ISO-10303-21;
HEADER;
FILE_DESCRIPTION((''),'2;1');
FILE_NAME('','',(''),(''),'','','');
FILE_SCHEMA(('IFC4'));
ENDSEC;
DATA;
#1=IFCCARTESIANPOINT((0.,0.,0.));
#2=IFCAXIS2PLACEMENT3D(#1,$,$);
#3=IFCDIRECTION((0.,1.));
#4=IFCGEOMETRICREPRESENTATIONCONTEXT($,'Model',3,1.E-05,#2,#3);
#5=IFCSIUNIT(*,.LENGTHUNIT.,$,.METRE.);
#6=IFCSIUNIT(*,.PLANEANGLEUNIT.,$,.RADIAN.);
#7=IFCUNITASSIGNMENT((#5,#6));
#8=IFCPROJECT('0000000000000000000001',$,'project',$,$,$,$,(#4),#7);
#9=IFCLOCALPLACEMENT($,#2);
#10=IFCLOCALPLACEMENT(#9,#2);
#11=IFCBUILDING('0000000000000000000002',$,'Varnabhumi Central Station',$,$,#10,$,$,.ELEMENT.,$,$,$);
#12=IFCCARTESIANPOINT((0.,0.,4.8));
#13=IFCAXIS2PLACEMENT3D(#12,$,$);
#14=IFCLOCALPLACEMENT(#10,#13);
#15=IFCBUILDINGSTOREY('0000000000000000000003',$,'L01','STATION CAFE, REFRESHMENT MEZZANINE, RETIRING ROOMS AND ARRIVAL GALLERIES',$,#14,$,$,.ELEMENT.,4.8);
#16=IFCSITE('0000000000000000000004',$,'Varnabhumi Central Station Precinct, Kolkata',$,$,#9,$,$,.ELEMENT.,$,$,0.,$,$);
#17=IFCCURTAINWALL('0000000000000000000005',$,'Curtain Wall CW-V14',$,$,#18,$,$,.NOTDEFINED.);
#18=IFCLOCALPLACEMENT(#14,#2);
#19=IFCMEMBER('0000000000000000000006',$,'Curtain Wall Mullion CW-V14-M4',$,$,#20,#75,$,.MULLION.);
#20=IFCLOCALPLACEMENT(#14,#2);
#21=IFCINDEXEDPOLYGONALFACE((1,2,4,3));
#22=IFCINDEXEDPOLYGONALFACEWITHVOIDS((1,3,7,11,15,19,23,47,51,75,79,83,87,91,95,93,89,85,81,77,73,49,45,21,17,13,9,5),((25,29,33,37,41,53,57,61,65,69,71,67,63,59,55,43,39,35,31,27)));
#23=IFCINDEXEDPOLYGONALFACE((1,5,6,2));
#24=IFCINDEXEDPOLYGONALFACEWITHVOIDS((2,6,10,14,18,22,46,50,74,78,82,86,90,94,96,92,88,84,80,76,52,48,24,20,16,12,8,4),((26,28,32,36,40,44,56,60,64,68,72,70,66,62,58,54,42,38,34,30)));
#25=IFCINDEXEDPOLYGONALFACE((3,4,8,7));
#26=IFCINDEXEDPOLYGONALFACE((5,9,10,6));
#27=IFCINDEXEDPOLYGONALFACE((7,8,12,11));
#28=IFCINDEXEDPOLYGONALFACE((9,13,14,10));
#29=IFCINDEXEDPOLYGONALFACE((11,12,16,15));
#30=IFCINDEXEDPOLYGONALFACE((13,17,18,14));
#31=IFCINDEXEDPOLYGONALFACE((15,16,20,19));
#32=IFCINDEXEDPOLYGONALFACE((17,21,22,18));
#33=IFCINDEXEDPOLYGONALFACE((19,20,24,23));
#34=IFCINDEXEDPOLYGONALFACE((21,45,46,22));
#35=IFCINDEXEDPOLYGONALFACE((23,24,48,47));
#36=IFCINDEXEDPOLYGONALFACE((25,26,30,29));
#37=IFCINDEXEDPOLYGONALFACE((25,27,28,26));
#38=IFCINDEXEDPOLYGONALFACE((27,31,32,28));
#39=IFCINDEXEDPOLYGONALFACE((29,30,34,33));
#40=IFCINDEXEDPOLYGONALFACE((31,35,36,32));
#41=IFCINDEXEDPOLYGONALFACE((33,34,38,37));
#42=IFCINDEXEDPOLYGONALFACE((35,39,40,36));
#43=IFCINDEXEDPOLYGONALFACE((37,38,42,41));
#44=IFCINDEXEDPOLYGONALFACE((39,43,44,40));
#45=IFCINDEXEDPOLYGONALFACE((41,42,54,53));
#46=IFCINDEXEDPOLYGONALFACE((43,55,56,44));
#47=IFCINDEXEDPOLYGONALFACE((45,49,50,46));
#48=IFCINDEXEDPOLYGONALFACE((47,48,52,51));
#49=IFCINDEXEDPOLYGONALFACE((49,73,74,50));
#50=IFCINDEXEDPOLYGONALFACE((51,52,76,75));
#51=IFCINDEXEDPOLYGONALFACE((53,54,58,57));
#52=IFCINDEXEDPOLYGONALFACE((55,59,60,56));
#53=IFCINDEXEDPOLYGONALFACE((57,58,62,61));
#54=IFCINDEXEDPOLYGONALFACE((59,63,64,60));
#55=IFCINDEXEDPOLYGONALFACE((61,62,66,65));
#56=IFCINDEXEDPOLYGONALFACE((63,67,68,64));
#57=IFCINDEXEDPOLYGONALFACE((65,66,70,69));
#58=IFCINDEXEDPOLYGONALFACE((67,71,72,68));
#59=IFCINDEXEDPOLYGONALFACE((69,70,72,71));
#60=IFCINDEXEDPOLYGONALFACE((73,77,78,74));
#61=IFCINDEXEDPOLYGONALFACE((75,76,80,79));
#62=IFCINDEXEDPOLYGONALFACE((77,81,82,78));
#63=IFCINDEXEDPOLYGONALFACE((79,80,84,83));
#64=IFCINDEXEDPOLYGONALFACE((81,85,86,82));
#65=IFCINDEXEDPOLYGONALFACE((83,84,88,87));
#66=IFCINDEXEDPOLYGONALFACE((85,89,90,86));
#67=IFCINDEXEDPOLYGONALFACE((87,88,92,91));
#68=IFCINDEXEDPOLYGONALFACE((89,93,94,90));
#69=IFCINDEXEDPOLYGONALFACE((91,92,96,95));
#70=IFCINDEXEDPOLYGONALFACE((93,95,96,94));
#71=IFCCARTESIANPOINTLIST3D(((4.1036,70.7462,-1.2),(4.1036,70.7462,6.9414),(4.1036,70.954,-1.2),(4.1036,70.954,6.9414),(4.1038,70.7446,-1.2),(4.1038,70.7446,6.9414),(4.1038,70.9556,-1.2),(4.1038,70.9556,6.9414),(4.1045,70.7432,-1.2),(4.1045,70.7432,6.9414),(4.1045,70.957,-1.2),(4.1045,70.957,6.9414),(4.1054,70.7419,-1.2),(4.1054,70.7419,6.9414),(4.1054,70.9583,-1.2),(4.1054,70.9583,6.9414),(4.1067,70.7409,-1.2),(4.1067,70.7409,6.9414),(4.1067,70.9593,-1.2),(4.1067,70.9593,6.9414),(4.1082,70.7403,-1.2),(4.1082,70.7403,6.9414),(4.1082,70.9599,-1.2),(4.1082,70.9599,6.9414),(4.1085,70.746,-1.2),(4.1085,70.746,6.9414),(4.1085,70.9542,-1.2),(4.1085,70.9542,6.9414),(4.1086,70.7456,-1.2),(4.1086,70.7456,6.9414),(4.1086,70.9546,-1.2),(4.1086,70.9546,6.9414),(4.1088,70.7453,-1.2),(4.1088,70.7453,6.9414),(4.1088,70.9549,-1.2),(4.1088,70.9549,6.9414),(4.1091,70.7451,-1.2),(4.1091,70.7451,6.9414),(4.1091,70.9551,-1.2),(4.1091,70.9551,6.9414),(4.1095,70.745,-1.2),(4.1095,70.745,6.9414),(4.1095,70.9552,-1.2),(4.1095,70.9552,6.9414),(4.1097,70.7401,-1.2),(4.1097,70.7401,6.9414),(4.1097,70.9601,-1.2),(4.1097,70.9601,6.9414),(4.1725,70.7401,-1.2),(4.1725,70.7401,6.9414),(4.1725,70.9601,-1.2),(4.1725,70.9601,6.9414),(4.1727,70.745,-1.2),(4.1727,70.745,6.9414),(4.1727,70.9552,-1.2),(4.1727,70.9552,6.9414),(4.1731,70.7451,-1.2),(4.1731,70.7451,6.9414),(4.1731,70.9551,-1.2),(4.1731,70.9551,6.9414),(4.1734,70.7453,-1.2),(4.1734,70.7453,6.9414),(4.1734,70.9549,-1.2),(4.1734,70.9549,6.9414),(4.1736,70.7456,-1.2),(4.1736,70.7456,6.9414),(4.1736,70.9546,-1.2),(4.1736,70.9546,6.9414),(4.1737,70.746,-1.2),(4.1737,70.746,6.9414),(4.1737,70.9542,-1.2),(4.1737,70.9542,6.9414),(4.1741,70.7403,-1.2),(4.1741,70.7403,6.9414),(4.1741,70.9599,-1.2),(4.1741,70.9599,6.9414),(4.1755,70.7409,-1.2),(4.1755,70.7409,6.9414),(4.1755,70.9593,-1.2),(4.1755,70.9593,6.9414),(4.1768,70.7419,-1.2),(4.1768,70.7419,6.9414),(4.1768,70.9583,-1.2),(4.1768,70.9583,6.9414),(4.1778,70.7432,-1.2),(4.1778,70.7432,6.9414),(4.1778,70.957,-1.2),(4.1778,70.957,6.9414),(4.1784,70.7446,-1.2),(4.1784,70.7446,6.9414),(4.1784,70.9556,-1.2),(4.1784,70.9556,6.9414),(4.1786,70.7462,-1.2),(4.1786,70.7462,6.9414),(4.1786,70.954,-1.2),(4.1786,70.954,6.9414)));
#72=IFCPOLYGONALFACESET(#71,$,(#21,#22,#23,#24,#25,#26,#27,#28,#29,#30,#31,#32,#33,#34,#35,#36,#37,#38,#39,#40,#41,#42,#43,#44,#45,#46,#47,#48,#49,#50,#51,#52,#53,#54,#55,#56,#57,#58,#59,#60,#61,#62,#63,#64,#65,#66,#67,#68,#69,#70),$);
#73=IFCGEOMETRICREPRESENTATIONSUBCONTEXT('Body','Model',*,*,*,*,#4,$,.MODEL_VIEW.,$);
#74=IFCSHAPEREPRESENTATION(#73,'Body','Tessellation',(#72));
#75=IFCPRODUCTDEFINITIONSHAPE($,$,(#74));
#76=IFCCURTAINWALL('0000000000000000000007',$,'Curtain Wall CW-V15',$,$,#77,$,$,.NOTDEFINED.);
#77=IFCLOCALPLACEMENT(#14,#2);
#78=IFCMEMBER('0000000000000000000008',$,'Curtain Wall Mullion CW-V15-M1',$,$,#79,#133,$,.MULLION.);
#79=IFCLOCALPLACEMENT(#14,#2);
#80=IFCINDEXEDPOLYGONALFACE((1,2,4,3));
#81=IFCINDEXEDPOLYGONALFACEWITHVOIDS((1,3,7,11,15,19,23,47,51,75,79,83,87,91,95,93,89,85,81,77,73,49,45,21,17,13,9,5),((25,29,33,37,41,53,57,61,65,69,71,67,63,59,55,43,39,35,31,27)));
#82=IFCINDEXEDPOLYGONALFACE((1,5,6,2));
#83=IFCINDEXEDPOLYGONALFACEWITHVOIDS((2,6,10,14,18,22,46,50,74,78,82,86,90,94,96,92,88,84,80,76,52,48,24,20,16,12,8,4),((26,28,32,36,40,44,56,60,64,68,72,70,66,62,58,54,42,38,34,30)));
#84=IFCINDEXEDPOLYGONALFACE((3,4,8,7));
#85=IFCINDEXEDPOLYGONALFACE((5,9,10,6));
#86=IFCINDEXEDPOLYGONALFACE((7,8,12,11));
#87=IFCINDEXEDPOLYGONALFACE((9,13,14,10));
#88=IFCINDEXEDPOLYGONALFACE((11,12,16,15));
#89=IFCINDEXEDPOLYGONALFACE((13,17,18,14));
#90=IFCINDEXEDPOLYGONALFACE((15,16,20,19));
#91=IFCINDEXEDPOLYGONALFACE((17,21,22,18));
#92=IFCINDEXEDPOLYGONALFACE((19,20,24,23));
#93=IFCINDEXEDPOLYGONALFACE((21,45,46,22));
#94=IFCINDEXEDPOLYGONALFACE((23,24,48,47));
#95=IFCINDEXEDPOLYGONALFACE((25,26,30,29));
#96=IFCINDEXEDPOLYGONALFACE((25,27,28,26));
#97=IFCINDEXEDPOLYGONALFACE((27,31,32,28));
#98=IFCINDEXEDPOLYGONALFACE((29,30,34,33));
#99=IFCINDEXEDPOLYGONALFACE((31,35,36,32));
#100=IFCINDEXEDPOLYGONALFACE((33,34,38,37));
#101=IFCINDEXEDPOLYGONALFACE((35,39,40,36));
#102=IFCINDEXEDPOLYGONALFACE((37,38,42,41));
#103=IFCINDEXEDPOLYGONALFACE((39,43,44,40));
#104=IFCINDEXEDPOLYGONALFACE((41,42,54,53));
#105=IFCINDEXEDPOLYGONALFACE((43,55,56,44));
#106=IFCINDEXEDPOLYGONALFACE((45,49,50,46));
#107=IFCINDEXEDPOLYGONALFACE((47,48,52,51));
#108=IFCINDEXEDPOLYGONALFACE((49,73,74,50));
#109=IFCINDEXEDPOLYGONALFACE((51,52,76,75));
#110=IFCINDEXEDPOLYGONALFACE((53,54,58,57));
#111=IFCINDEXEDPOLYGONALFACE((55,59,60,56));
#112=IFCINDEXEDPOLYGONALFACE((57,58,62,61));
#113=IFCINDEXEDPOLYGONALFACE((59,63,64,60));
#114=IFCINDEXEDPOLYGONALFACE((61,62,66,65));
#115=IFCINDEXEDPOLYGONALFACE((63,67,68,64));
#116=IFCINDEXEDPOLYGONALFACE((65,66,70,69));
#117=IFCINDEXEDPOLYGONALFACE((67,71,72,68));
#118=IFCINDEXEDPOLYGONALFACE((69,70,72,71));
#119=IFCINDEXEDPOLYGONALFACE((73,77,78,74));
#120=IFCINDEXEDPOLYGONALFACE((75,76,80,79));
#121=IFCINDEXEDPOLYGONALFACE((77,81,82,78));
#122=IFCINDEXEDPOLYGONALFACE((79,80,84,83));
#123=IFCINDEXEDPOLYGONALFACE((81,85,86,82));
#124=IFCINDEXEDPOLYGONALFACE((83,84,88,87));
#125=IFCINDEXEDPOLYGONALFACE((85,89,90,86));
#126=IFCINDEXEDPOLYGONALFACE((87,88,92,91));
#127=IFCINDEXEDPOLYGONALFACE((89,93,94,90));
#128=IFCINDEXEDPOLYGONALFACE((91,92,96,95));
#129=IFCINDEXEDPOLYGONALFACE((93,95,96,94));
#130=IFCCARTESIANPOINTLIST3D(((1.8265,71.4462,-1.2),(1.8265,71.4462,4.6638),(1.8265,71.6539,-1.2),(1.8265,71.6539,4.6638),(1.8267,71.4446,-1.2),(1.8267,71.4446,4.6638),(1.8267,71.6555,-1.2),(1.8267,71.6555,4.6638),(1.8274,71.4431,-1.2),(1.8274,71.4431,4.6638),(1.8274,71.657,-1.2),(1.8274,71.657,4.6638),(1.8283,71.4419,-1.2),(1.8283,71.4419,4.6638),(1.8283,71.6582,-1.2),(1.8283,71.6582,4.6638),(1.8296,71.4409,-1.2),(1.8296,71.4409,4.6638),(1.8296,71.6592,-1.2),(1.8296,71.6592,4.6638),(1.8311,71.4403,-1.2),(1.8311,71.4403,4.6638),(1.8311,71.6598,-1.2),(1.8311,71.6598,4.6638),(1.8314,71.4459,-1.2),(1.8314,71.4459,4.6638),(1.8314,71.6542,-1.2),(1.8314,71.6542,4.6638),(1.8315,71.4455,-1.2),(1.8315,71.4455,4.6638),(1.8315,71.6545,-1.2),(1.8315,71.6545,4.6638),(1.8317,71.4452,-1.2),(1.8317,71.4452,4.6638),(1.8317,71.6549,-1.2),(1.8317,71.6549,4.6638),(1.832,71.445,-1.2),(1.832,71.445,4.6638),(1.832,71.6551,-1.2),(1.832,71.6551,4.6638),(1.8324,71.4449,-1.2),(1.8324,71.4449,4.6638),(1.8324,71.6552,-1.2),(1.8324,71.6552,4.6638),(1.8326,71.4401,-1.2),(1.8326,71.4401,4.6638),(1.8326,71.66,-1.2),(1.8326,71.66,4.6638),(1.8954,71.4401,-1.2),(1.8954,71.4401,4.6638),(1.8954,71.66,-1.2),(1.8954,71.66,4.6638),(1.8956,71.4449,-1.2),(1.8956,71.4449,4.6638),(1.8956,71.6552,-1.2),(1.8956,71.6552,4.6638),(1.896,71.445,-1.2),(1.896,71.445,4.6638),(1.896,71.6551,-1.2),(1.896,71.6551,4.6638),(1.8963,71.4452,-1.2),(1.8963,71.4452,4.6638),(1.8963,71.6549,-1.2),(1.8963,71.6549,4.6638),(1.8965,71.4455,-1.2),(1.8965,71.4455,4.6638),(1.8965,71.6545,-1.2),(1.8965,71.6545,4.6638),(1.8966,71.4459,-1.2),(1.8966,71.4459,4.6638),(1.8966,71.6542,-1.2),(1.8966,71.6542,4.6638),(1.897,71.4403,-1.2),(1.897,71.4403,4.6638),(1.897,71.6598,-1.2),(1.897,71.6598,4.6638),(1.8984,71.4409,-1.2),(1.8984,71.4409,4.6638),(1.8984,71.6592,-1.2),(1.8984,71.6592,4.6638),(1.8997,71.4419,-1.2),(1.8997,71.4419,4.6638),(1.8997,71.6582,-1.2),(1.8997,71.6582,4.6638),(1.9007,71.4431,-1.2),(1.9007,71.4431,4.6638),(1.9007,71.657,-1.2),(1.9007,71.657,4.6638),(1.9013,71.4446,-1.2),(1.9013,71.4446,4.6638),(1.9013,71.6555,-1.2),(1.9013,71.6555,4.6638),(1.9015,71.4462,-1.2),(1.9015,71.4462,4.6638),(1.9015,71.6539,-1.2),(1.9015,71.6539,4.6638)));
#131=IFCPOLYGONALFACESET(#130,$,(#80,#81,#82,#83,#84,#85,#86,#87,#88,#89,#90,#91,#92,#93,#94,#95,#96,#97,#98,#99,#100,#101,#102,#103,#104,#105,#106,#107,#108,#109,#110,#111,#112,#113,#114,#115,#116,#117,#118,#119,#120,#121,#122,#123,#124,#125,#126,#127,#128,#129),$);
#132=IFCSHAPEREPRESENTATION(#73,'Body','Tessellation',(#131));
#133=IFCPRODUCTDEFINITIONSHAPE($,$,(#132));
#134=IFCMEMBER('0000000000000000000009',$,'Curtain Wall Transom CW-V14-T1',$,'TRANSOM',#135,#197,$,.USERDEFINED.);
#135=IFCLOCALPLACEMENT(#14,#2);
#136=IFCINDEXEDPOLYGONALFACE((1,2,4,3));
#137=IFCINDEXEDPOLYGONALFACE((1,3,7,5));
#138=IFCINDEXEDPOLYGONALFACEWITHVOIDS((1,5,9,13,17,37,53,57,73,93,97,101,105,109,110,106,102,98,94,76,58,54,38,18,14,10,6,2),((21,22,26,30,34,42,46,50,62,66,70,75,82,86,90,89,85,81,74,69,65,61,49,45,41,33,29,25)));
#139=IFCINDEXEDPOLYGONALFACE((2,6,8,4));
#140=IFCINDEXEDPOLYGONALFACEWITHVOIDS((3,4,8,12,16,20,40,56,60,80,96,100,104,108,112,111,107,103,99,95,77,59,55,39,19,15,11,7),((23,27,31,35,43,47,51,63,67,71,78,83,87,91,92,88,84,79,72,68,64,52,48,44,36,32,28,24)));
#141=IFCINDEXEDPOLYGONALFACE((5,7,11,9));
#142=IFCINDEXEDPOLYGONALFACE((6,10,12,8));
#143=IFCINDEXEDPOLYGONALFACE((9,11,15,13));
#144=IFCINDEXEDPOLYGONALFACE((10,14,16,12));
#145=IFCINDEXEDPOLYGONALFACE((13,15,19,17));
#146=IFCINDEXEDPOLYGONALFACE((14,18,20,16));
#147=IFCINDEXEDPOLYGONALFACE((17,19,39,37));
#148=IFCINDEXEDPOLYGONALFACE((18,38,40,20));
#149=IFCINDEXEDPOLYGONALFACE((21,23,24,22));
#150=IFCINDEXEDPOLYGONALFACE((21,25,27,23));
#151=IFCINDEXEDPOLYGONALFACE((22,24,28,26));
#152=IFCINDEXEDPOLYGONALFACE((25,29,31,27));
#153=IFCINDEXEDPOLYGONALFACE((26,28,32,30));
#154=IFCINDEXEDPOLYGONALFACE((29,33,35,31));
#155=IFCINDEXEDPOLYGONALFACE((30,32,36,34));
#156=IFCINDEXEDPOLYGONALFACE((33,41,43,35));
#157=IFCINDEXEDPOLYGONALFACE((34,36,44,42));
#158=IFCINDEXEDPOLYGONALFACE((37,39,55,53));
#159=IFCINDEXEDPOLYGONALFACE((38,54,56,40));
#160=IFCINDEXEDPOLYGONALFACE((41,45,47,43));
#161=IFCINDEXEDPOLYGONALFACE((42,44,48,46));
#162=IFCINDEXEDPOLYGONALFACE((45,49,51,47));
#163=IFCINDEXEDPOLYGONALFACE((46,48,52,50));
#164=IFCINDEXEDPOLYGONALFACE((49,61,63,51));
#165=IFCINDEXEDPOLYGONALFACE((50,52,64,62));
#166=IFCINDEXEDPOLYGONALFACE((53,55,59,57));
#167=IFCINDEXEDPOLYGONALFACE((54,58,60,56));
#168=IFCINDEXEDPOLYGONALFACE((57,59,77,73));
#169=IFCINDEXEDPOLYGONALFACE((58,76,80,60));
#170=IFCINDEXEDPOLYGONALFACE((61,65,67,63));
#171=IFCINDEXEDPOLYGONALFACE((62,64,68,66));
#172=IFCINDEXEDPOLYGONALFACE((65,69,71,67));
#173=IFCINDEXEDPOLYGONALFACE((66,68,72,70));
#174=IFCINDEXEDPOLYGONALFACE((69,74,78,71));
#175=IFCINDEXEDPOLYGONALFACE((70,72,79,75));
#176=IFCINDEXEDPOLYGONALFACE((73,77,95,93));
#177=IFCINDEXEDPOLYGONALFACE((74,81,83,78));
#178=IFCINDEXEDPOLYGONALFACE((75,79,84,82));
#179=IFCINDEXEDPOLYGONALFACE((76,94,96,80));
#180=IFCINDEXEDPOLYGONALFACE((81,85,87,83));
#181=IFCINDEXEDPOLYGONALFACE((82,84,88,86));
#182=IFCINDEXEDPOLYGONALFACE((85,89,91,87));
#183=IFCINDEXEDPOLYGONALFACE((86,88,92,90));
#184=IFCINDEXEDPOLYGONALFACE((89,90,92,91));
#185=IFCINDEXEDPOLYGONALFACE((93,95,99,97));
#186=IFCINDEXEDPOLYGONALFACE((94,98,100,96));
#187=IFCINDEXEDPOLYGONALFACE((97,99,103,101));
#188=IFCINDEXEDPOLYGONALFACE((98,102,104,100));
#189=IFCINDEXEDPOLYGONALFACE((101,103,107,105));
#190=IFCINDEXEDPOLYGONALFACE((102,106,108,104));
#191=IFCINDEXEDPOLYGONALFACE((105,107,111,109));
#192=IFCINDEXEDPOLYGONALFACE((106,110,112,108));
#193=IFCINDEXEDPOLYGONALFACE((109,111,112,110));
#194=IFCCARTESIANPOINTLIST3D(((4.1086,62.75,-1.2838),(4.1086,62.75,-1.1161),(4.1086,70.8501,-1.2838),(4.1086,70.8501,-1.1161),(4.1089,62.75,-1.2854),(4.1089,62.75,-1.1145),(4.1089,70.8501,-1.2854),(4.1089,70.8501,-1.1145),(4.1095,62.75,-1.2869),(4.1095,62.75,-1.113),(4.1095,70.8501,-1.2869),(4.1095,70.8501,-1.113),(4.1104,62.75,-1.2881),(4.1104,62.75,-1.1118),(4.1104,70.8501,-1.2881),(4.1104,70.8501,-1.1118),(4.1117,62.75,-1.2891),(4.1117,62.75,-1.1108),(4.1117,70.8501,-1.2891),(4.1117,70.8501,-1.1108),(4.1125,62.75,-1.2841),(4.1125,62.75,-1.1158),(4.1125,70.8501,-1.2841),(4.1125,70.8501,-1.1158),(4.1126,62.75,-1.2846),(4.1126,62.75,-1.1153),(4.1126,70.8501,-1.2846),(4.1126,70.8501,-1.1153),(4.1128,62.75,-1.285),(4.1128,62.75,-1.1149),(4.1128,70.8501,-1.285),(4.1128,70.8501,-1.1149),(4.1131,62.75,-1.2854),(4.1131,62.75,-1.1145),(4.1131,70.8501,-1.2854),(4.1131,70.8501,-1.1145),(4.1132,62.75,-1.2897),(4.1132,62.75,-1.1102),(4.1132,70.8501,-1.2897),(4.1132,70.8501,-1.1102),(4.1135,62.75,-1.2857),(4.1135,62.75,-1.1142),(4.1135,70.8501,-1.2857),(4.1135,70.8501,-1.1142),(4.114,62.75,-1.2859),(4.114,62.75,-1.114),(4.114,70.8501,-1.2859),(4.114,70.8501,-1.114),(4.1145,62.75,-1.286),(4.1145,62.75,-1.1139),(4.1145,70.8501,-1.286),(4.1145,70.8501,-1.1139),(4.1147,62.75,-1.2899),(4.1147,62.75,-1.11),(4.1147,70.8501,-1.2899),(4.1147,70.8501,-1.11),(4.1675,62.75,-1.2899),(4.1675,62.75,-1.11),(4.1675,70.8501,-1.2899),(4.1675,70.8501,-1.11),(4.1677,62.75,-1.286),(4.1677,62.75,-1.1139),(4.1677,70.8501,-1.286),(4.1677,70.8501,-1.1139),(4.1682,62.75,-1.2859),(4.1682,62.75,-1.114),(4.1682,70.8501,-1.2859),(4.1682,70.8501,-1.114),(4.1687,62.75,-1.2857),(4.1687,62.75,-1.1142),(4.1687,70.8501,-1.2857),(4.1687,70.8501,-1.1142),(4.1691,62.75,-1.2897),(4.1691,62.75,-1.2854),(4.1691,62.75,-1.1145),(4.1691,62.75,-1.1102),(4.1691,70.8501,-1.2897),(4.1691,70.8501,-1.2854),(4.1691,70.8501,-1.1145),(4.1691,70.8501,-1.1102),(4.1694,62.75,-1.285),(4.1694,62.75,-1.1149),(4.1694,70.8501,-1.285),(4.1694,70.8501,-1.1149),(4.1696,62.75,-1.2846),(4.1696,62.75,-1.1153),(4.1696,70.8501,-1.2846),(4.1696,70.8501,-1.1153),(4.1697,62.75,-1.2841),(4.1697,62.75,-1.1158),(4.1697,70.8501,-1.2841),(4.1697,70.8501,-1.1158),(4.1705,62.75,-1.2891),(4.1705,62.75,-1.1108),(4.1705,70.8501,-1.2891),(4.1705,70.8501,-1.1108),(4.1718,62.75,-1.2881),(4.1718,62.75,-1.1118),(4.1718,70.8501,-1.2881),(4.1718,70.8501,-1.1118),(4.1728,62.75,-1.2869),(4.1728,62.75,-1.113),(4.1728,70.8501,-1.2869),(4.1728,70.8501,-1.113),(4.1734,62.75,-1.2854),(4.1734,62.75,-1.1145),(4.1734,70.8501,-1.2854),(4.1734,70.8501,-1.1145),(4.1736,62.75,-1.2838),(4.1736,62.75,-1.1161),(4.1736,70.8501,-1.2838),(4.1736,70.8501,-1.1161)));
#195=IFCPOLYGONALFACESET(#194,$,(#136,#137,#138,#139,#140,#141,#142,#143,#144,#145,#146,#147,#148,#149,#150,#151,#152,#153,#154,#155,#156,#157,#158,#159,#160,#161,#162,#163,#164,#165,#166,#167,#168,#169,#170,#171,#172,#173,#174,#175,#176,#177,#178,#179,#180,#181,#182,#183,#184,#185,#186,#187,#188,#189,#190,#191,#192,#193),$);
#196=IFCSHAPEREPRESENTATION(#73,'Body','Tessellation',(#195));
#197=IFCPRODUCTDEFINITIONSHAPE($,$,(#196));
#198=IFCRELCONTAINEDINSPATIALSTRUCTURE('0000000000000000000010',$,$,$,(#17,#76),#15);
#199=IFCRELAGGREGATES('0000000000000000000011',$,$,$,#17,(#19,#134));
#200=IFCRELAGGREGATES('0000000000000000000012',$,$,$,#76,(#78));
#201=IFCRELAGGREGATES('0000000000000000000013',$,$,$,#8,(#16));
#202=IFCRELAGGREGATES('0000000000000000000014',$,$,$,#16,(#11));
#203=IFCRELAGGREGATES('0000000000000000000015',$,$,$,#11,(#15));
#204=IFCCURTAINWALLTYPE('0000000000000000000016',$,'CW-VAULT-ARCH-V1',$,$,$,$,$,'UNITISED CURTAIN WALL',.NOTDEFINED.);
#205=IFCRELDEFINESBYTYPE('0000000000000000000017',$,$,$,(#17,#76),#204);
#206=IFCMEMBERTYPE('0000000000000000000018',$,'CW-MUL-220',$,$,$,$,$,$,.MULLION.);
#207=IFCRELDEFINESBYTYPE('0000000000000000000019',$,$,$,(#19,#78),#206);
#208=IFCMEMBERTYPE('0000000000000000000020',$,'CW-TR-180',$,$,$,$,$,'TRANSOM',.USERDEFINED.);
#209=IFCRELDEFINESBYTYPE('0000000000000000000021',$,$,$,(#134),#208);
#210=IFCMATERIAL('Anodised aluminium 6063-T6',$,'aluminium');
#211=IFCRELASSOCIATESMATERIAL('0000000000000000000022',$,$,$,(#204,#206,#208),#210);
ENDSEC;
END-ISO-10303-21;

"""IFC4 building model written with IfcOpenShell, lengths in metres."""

from ifc_helpers import new_model, si_unit, direction, frame, origin, origin_2d, place, context, subcontext, project, spatial, hollow_rectangle, extrude, material, material_profile, profile_set, type_object, element, aggregate, save


model = new_model("IFC4")

# Units and contexts
model_context = context("Model", 3, precision=1e-05, world=origin(), true_north=direction((0.0, 1.0)))
body_context = subcontext(model_context, "Body", "Model", "MODEL_VIEW")
ifc_project = project(units=[si_unit("LENGTHUNIT", "METRE"), si_unit("PLANEANGLEUNIT", "RADIAN")], contexts=[model_context])

# Site, building, storey
site_placement = place(None, origin())
site = spatial("IfcSite", under=ifc_project, at=site_placement, Name="Varnabhumi Central Station Precinct, Kolkata", CompositionType="ELEMENT", RefElevation=0.0)
building_placement = place(site_placement, origin())
building = spatial("IfcBuilding", under=site, at=building_placement, Name="Varnabhumi Central Station", CompositionType="ELEMENT")
storey_placement = place(building_placement, frame((0.0, 0.0, 4.8)))
storey = spatial("IfcBuildingStorey", under=building, at=storey_placement, Name="L01", Description="STATION CAFE, REFRESHMENT MEZZANINE, RETIRING ROOMS AND ARRIVAL GALLERIES", CompositionType="ELEMENT", Elevation=4.8)

# Curtain wall, member
ifc_material_1 = material(Name="Anodised aluminium 6063-T6", Category="aluminium")
curtain_wall_type = type_object("IfcCurtainWallType", Name="CW-VAULT-ARCH-V1", ElementType="UNITISED CURTAIN WALL", PredefinedType="NOTDEFINED", material=ifc_material_1)
curtain_wall_1_placement = place(storey_placement, origin())
curtain_wall_1 = element("IfcCurtainWall", 1, at=curtain_wall_1_placement, inside=storey, type_object=curtain_wall_type, Name="Curtain Wall CW-V14", PredefinedType="NOTDEFINED")
ifc_material_profile_1 = material_profile(ifc_material_1, hollow_rectangle(XDim=0.075, YDim=0.22, WallThickness=0.0049, InnerFilletRadius=0.001, OuterFilletRadius=0.0061, at=origin_2d()), Name="Anodised aluminium 6063-T6", Category="aluminium")
ifc_profile_set_1 = profile_set([ifc_material_profile_1], Name="Anodised aluminium 6063-T6")
member_type_1 = type_object("IfcMemberType", Name="CW-MUL-220", PredefinedType="MULLION", material=ifc_profile_set_1)
member_1_placement = place(storey_placement, frame((4.1411, 70.8501, -1.2), z_axis=(0.0, 0.0, 1.0), x_axis=(1.0, 0.0, 0.0)))
member_1 = element("IfcMember", 2, at=member_1_placement, type_object=member_type_1, Name="Curtain Wall Mullion CW-V14-M4", PredefinedType="MULLION", context=body_context, shape_type="SweptSolid", body=[
    extrude(hollow_rectangle(XDim=0.075, YDim=0.22, WallThickness=0.0049, InnerFilletRadius=0.001, OuterFilletRadius=0.0061, at=origin_2d()), origin(), (0.0, 0.0, 1.0), 8.1414),
])

# Curtain wall, member
curtain_wall_2_placement = place(storey_placement, origin())
curtain_wall_2 = element("IfcCurtainWall", 3, at=curtain_wall_2_placement, inside=storey, type_object=curtain_wall_type, Name="Curtain Wall CW-V15", PredefinedType="NOTDEFINED")
member_2_placement = place(storey_placement, frame((1.864, 71.55, -1.2), z_axis=(0.0, 0.0, 1.0), x_axis=(1.0, 0.0, 0.0)))
member_2 = element("IfcMember", 4, at=member_2_placement, type_object=member_type_1, Name="Curtain Wall Mullion CW-V15-M1", PredefinedType="MULLION", context=body_context, shape_type="SweptSolid", body=[
    extrude(hollow_rectangle(XDim=0.075, YDim=0.22, WallThickness=0.0049, InnerFilletRadius=0.001, OuterFilletRadius=0.0061, at=origin_2d()), origin(), (0.0, 0.0, 1.0), 5.8638),
])

# Member
ifc_material_profile_2 = material_profile(ifc_material_1, hollow_rectangle(XDim=0.0649, YDim=0.1799, WallThickness=0.0039, InnerFilletRadius=0.002, OuterFilletRadius=0.0061, at=origin_2d()), Name="Anodised aluminium 6063-T6", Category="aluminium")
ifc_profile_set_2 = profile_set([ifc_material_profile_2], Name="Anodised aluminium 6063-T6")
member_type_2 = type_object("IfcMemberType", Name="CW-TR-180", ElementType="TRANSOM", PredefinedType="USERDEFINED", material=ifc_profile_set_2)
member_3_placement = place(storey_placement, frame((4.1411, 62.75, -1.2), z_axis=(0.0, 1.0, 0.0), x_axis=(-1.0, 0.0, 0.0)))
member_3 = element("IfcMember", 5, at=member_3_placement, type_object=member_type_2, Name="Curtain Wall Transom CW-V14-T1", ObjectType="TRANSOM", PredefinedType="USERDEFINED", context=body_context, shape_type="SweptSolid", body=[
    extrude(hollow_rectangle(XDim=0.0649, YDim=0.1799, WallThickness=0.0039, InnerFilletRadius=0.002, OuterFilletRadius=0.0061, at=origin_2d()), origin(), (0.0, 0.0, 1.0), 8.1001),
])

aggregate(curtain_wall_1, [member_1, member_3])
aggregate(curtain_wall_2, [member_2])

save(model, "model.ifc")
